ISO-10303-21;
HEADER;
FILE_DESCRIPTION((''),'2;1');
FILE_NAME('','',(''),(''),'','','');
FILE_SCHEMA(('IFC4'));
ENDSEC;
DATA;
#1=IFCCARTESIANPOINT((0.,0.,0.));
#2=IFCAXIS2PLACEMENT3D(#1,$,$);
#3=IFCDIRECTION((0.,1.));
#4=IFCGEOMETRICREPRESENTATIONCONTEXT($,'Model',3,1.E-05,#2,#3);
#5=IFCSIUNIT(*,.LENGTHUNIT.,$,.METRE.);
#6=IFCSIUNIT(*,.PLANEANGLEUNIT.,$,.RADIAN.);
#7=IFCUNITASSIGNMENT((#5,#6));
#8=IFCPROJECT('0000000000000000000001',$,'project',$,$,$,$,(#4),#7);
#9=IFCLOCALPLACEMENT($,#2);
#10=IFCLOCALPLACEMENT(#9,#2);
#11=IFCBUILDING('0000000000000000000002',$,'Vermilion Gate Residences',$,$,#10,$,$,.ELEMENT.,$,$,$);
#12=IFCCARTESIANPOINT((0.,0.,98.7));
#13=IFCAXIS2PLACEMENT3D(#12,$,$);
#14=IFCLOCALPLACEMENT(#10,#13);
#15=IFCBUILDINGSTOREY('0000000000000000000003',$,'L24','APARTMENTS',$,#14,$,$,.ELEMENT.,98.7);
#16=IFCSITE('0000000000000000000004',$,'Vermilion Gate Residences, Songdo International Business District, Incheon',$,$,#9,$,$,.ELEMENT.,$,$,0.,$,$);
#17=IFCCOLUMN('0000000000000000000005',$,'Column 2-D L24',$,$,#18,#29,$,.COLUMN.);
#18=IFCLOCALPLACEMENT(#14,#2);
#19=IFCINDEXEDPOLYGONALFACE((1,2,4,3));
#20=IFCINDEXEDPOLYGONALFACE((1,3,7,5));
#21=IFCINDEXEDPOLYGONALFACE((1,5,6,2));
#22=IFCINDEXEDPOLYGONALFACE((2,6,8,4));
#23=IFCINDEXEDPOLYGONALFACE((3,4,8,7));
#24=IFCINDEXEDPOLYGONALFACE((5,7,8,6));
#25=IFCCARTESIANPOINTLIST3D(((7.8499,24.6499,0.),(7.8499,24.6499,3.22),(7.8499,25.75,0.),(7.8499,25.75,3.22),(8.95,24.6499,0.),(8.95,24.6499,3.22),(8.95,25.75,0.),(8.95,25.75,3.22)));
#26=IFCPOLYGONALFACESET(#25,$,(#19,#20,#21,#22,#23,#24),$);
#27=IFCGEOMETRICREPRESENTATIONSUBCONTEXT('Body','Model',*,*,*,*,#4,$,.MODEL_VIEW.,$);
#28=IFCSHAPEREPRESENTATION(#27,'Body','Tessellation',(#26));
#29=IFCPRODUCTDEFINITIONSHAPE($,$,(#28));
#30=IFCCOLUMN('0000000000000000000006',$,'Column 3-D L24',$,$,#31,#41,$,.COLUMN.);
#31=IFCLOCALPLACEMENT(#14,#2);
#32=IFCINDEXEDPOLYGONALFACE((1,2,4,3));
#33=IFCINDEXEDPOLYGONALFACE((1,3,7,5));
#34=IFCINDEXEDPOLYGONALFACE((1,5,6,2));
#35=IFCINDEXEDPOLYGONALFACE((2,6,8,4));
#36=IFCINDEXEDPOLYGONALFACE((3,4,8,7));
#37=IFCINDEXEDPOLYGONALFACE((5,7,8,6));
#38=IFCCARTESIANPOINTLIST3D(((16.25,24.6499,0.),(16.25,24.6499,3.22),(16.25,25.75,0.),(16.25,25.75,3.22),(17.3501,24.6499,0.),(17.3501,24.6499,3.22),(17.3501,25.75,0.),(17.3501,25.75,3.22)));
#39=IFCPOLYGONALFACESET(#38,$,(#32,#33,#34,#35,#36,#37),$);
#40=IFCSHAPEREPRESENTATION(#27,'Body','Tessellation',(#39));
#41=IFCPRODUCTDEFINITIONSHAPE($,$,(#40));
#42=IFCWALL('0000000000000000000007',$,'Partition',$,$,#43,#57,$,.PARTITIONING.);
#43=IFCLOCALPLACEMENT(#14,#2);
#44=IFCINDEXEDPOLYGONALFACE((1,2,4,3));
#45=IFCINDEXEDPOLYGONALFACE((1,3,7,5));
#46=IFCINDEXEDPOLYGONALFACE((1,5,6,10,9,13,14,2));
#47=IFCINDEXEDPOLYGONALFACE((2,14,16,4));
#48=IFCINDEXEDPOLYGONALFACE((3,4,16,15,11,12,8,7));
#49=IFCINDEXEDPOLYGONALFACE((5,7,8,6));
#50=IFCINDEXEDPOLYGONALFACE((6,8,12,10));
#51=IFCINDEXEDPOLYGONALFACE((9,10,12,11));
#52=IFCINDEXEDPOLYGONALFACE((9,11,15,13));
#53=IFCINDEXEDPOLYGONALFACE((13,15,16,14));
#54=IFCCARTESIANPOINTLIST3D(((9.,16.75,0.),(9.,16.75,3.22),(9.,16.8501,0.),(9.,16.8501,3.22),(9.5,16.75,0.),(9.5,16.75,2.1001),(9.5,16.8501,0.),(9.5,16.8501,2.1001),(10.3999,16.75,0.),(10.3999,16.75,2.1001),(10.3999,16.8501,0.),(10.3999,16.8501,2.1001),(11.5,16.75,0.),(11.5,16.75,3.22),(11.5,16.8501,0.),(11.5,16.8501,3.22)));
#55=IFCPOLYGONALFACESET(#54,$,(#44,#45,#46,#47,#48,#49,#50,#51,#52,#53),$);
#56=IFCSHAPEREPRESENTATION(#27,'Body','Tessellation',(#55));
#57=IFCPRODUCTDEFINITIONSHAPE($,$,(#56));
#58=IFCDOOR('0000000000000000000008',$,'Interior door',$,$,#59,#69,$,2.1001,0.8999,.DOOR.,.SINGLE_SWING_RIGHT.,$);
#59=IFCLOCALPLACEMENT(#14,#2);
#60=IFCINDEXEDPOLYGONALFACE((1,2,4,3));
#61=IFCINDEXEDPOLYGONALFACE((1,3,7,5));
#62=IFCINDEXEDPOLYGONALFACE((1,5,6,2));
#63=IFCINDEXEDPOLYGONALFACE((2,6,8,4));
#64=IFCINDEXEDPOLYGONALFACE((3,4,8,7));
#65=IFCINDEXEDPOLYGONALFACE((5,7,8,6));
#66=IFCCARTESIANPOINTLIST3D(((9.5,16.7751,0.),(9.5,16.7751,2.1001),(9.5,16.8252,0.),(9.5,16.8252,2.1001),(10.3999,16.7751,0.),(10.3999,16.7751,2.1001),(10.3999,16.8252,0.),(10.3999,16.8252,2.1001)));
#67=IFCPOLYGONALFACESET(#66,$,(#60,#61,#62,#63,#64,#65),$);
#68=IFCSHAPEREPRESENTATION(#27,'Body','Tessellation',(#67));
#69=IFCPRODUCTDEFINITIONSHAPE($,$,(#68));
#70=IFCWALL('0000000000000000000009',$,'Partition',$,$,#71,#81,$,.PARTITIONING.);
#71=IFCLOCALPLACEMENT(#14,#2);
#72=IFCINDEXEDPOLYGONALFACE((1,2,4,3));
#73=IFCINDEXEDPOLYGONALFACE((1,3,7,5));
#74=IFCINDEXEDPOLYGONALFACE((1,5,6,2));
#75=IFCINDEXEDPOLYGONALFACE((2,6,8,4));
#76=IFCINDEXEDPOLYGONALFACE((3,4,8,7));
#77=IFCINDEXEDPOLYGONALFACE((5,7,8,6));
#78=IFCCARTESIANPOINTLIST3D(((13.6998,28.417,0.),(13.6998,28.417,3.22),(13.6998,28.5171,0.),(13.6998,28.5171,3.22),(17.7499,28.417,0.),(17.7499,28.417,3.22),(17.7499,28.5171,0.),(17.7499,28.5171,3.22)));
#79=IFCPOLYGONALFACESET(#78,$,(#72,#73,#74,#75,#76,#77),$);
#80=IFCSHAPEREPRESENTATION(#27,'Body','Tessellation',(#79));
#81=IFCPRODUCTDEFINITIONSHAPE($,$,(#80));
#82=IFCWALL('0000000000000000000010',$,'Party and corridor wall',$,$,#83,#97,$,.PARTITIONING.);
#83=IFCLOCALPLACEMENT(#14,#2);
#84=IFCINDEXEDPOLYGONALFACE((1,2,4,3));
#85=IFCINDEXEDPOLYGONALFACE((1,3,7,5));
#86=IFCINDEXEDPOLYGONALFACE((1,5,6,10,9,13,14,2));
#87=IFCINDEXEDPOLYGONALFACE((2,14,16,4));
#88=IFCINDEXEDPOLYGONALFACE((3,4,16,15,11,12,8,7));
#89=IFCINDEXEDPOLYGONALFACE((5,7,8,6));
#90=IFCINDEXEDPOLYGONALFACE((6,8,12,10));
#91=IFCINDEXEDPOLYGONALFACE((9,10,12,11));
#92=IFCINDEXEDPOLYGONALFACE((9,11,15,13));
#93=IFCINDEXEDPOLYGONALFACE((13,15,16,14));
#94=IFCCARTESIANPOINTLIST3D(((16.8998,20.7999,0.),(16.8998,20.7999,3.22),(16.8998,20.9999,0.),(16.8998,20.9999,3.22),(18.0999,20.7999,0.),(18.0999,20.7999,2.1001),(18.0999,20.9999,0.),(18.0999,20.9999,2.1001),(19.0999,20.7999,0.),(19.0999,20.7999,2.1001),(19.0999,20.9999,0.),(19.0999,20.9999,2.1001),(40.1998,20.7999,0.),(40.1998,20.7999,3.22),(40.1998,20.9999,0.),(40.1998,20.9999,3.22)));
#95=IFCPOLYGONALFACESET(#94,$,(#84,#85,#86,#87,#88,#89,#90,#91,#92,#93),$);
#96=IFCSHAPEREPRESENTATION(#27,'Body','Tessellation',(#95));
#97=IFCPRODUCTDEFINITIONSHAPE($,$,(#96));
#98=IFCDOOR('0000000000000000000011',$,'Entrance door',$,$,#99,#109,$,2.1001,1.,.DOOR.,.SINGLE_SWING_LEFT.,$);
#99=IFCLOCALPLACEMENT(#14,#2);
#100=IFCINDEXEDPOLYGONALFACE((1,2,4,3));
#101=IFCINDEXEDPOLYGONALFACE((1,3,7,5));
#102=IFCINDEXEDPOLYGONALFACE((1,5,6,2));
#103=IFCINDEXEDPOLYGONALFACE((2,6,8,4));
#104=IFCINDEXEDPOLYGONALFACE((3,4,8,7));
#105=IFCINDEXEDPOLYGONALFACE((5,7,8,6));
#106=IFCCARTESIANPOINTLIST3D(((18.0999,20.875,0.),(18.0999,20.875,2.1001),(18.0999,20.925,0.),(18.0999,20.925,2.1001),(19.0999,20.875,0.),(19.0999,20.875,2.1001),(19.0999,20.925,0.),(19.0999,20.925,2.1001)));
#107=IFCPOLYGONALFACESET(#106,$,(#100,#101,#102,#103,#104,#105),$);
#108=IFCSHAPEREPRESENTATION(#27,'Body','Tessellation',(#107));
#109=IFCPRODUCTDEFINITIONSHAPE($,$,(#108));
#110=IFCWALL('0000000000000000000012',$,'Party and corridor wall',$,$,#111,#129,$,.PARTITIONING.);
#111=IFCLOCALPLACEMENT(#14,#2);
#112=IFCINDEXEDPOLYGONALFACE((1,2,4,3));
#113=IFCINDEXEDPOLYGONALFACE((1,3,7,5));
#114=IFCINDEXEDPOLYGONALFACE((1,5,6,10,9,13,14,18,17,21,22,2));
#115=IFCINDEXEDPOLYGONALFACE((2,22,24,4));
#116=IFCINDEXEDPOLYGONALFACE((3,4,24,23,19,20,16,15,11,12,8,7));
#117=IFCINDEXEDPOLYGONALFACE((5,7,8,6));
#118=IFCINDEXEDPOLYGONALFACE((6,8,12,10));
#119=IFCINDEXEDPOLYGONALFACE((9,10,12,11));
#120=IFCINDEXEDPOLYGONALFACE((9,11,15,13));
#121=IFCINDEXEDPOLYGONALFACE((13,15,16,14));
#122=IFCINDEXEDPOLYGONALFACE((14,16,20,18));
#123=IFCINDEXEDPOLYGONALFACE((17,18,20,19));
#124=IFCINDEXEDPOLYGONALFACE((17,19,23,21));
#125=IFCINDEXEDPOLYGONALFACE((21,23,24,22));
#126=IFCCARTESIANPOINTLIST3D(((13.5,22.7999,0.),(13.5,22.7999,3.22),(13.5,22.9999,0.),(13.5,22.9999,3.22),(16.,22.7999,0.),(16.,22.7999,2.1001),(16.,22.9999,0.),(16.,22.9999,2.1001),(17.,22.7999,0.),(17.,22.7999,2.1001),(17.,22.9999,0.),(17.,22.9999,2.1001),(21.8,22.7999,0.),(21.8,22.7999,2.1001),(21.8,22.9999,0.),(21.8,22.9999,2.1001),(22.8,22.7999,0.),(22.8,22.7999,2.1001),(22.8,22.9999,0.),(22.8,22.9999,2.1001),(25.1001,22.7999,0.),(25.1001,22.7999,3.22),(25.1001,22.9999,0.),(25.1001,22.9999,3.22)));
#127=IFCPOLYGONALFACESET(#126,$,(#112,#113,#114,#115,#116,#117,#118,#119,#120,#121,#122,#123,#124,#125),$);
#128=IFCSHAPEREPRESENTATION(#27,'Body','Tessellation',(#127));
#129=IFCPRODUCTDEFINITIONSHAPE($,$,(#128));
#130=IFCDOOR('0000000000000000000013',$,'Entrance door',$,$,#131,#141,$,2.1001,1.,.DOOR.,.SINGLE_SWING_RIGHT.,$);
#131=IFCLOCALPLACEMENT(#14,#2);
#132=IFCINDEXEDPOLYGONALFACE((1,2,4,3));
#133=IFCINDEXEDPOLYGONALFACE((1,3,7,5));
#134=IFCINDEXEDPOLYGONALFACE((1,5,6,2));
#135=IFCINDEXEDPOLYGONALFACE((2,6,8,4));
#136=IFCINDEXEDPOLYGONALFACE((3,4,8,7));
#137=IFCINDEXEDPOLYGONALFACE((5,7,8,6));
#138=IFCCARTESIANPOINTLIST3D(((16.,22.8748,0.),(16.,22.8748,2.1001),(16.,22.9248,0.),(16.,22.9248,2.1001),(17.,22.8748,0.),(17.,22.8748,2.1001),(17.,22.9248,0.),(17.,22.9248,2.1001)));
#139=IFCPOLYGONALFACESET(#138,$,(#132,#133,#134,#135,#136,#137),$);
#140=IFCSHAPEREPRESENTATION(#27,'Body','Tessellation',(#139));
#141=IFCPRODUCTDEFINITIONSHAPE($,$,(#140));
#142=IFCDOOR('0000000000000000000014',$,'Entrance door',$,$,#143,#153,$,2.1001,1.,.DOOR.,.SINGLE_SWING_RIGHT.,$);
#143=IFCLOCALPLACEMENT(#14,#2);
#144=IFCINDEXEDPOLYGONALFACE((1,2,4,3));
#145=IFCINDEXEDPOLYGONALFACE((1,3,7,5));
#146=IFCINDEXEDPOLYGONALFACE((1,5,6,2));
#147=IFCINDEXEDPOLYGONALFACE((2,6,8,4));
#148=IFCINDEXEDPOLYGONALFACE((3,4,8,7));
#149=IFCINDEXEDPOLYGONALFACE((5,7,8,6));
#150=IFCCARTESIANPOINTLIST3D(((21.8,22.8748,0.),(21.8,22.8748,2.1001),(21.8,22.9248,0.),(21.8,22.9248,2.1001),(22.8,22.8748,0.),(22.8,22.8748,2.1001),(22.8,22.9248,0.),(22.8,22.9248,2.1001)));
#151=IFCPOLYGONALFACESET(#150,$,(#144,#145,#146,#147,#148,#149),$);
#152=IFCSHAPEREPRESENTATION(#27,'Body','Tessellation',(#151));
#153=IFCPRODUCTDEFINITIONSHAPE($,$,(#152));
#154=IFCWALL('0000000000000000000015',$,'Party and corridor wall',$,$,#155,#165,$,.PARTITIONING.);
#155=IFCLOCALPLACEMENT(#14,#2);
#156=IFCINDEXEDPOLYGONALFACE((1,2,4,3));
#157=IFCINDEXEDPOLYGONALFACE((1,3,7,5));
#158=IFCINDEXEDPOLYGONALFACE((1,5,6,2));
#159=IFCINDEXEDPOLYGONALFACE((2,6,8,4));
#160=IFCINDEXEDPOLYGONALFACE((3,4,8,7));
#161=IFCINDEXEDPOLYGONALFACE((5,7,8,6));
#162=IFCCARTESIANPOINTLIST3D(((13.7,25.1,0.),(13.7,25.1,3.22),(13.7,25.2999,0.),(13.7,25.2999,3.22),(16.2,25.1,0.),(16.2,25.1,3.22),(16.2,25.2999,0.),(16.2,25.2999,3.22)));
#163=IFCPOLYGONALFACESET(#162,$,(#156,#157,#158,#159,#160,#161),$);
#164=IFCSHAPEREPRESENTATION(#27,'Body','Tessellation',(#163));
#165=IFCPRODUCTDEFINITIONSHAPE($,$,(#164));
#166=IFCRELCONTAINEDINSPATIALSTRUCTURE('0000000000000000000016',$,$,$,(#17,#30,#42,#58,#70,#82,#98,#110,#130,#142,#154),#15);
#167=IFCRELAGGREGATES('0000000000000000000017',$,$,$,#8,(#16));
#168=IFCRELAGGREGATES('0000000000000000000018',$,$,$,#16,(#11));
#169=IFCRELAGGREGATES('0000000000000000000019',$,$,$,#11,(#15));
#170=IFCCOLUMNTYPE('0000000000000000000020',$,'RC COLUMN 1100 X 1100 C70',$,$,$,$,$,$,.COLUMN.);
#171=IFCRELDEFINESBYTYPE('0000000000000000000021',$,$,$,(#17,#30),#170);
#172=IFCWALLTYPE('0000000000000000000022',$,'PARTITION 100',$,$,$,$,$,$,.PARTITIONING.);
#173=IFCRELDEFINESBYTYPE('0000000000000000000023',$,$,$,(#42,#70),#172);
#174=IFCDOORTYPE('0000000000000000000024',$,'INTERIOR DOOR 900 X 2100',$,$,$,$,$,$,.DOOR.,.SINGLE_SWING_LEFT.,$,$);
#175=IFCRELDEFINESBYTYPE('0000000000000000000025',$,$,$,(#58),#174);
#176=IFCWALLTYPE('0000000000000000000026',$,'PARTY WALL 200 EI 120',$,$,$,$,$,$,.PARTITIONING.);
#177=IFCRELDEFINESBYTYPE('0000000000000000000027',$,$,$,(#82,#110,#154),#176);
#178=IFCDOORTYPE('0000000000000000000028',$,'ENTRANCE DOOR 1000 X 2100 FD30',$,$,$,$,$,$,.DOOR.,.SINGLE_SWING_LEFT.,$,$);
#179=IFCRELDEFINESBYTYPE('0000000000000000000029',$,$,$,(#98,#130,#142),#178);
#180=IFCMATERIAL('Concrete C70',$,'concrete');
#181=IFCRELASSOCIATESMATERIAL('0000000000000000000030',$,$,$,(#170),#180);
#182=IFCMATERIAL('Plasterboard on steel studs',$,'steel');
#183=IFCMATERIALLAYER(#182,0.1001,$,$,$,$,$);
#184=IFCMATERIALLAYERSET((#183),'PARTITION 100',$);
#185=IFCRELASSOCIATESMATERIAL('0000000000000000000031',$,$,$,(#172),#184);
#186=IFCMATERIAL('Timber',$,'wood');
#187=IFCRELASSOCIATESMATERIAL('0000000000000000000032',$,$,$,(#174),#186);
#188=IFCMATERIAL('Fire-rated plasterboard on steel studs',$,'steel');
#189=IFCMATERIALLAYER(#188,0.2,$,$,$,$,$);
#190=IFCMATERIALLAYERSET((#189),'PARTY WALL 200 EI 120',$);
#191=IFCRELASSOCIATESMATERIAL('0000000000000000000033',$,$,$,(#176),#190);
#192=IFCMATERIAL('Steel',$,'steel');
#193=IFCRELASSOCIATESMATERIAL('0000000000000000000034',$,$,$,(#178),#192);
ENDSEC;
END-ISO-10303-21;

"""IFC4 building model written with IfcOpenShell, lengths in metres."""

from ifc_helpers import new_model, si_unit, direction, frame, frame_2d, origin, origin_2d, place, context, subcontext, project, spatial, rectangle, extrude, material, layer, layer_set, material_profile, profile_set, type_object, element, fill, save


model = new_model("IFC4")

# Units and contexts
model_context = context("Model", 3, precision=1e-05, world=origin(), true_north=direction((0.0, 1.0)))
body_context = subcontext(model_context, "Body", "Model", "MODEL_VIEW")
ifc_project = project(units=[si_unit("LENGTHUNIT", "METRE"), si_unit("PLANEANGLEUNIT", "RADIAN")], contexts=[model_context])

# Site, building, storey
site_placement = place(None, origin())
site = spatial("IfcSite", under=ifc_project, at=site_placement, Name="Vermilion Gate Residences, Songdo International Business District, Incheon", CompositionType="ELEMENT", RefElevation=0.0)
building_placement = place(site_placement, origin())
building = spatial("IfcBuilding", under=site, at=building_placement, Name="Vermilion Gate Residences", CompositionType="ELEMENT")
storey_placement = place(building_placement, frame((0.0, 0.0, 98.7)))
storey = spatial("IfcBuildingStorey", under=building, at=storey_placement, Name="L24", Description="APARTMENTS", CompositionType="ELEMENT", Elevation=98.7)

# Columns
ifc_material_1 = material(Name="Concrete C70", Category="concrete")
ifc_material_profile = material_profile(ifc_material_1, rectangle(XDim=1.1001, YDim=1.1001, at=origin_2d()), Name="RC-1100x1100")
ifc_profile_set = profile_set([ifc_material_profile], Name="Concrete C70")
column_type = type_object("IfcColumnType", Name="RC COLUMN 1100 X 1100 C70", PredefinedType="COLUMN", material=ifc_profile_set)
for number, where, z_axis, x_axis, name in (
    (1, (8.3999, 25.2, 0.0), (0.0, 0.0, 1.0), (1.0, 0.0, 0.0), "Column 2-D L24"),
    (2, (16.8, 25.2, 0.0), (0.0, 0.0, 1.0), (1.0, 0.0, 0.0), "Column 3-D L24"),
):
    element("IfcColumn", number, at=place(storey_placement, frame(where, z_axis=z_axis, x_axis=x_axis)), inside=storey, type_object=column_type, Name=name, PredefinedType="COLUMN", context=body_context, shape_type="SweptSolid", body=[
        extrude(rectangle(XDim=1.1001, YDim=1.1001, at=origin_2d()), origin(), (0.0, 0.0, 1.0), 3.22),
    ])

# Wall, opening, door
ifc_material_2 = material(Name="Plasterboard on steel studs", Category="steel")
ifc_layer_1 = layer(ifc_material_2, 0.1001)
ifc_layer_set_1 = layer_set([ifc_layer_1], Name="PARTITION 100")
wall_type_1 = type_object("IfcWallType", Name="PARTITION 100", PredefinedType="PARTITIONING", material=ifc_layer_set_1)
wall_1_placement = place(storey_placement, frame((9.0, 16.8, 0.0), z_axis=(0.0, 0.0, 1.0), x_axis=(1.0, 0.0, 0.0)))
wall_1 = element("IfcWall", 3, at=wall_1_placement, inside=storey, type_object=wall_type_1, Name="Partition", PredefinedType="PARTITIONING", context=body_context, shape_type="SweptSolid", body=[
    extrude(rectangle(XDim=2.5, YDim=0.1001, at=frame_2d((1.25, 0.0))), origin(), (0.0, 0.0, 1.0), 3.22),
])
opening_1_placement = place(wall_1_placement, frame((0.5, 0.0, 0.0)))
opening_1 = element("IfcOpeningElement", 4, at=opening_1_placement, cuts=wall_1, PredefinedType="OPENING", context=body_context, shape_type="SweptSolid", body=[
    extrude(rectangle(XDim=0.8999, YDim=2.1001, at=frame_2d((0.45, 1.05))), frame((0.0, 0.0601, 0.0), z_axis=(0.0, -1.0, 0.0), x_axis=(1.0, 0.0, 0.0)), (0.0, 0.0, 1.0), 0.1201),
])
ifc_material_3 = material(Name="Timber", Category="wood")
door_type_1 = type_object("IfcDoorType", Name="INTERIOR DOOR 900 X 2100", OperationType="SINGLE_SWING_LEFT", PredefinedType="DOOR", material=ifc_material_3)
door_1_placement = place(opening_1_placement, frame((0.8999, 0.0, 0.0), z_axis=(0.0, 0.0, 1.0), x_axis=(-1.0, 0.0, 0.0)))
door_1 = element("IfcDoor", 5, at=door_1_placement, inside=storey, type_object=door_type_1, Name="Interior door", OperationType="SINGLE_SWING_RIGHT", OverallHeight=2.1001, OverallWidth=0.8999, PredefinedType="DOOR", context=body_context, shape_type="SweptSolid", body=[
    extrude(rectangle(XDim=0.8999, YDim=2.1001, at=frame_2d((0.45, 1.05))), frame((0.0, 0.0249, 0.0), z_axis=(0.0, -1.0, 0.0), x_axis=(1.0, 0.0, 0.0)), (0.0, 0.0, 1.0), 0.05),
])
fill(opening_1, door_1)

# Wall
wall_2_placement = place(storey_placement, frame((13.7, 28.467, 0.0), z_axis=(0.0, 0.0, 1.0), x_axis=(1.0, 0.0, 0.0)))
element("IfcWall", 6, at=wall_2_placement, inside=storey, type_object=wall_type_1, Name="Partition", PredefinedType="PARTITIONING", context=body_context, shape_type="SweptSolid", body=[
    extrude(rectangle(XDim=4.05, YDim=0.1001, at=frame_2d((2.0249, 0.0))), origin(), (0.0, 0.0, 1.0), 3.22),
])

# Wall, opening, door
ifc_material_4 = material(Name="Fire-rated plasterboard on steel studs", Category="steel")
ifc_layer_2 = layer(ifc_material_4, 0.2)
ifc_layer_set_2 = layer_set([ifc_layer_2], Name="PARTY WALL 200 EI 120")
wall_type_2 = type_object("IfcWallType", Name="PARTY WALL 200 EI 120", PredefinedType="PARTITIONING", material=ifc_layer_set_2)
wall_3_placement = place(storey_placement, frame((16.8999, 20.8999, 0.0), z_axis=(0.0, 0.0, 1.0), x_axis=(1.0, 0.0, 0.0)))
wall_3 = element("IfcWall", 7, at=wall_3_placement, inside=storey, type_object=wall_type_2, Name="Party and corridor wall", PredefinedType="PARTITIONING", context=body_context, shape_type="SweptSolid", body=[
    extrude(rectangle(XDim=23.3, YDim=0.2, at=frame_2d((11.6499, 0.0))), origin(), (0.0, 0.0, 1.0), 3.22),
])
opening_2_placement = place(wall_3_placement, frame((1.2, 0.0, 0.0)))
opening_2 = element("IfcOpeningElement", 8, at=opening_2_placement, cuts=wall_3, PredefinedType="OPENING", context=body_context, shape_type="SweptSolid", body=[
    extrude(rectangle(XDim=1.0, YDim=2.1001, at=frame_2d((0.5, 1.05))), frame((0.0, 0.1099, 0.0), z_axis=(0.0, -1.0, 0.0), x_axis=(1.0, 0.0, 0.0)), (0.0, 0.0, 1.0), 0.22),
])
ifc_material_5 = material(Name="Steel", Category="steel")
door_type_2 = type_object("IfcDoorType", Name="ENTRANCE DOOR 1000 X 2100 FD30", OperationType="SINGLE_SWING_LEFT", PredefinedType="DOOR", material=ifc_material_5)
door_2_placement = place(opening_2_placement, frame((1.0, 0.0, 0.0), z_axis=(0.0, 0.0, 1.0), x_axis=(-1.0, 0.0, 0.0)))
door_2 = element("IfcDoor", 9, at=door_2_placement, inside=storey, type_object=door_type_2, Name="Entrance door", OperationType="SINGLE_SWING_LEFT", OverallHeight=2.1001, OverallWidth=1.0, PredefinedType="DOOR", context=body_context, shape_type="SweptSolid", body=[
    extrude(rectangle(XDim=1.0, YDim=2.1001, at=frame_2d((0.5, 1.05))), frame((0.0, 0.0249, 0.0), z_axis=(0.0, -1.0, 0.0), x_axis=(1.0, 0.0, 0.0)), (0.0, 0.0, 1.0), 0.05),
])
fill(opening_2, door_2)

# Wall, openings, doors
wall_4_placement = place(storey_placement, frame((13.5, 22.8999, 0.0), z_axis=(0.0, 0.0, 1.0), x_axis=(1.0, 0.0, 0.0)))
wall_4 = element("IfcWall", 10, at=wall_4_placement, inside=storey, type_object=wall_type_2, Name="Party and corridor wall", PredefinedType="PARTITIONING", context=body_context, shape_type="SweptSolid", body=[
    extrude(rectangle(XDim=11.6001, YDim=0.2, at=frame_2d((5.8, 0.0))), origin(), (0.0, 0.0, 1.0), 3.22),
])
opening_3_placement = place(wall_4_placement, frame((2.5, 0.0, 0.0)))
opening_3 = element("IfcOpeningElement", 11, at=opening_3_placement, cuts=wall_4, PredefinedType="OPENING", context=body_context, shape_type="SweptSolid", body=[
    extrude(rectangle(XDim=1.0, YDim=2.1001, at=frame_2d((0.5, 1.05))), frame((0.0, 0.1099, 0.0), z_axis=(0.0, -1.0, 0.0), x_axis=(1.0, 0.0, 0.0)), (0.0, 0.0, 1.0), 0.22),
])
opening_4_placement = place(wall_4_placement, frame((8.3, 0.0, 0.0)))
opening_4 = element("IfcOpeningElement", 12, at=opening_4_placement, cuts=wall_4, PredefinedType="OPENING", context=body_context, shape_type="SweptSolid", body=[
    extrude(rectangle(XDim=1.0, YDim=2.1001, at=frame_2d((0.5, 1.05))), frame((0.0, 0.1099, 0.0), z_axis=(0.0, -1.0, 0.0), x_axis=(1.0, 0.0, 0.0)), (0.0, 0.0, 1.0), 0.22),
])
door_3_placement = place(opening_3_placement, origin())
door_3 = element("IfcDoor", 13, at=door_3_placement, inside=storey, type_object=door_type_2, Name="Entrance door", OperationType="SINGLE_SWING_RIGHT", OverallHeight=2.1001, OverallWidth=1.0, PredefinedType="DOOR", context=body_context, shape_type="SweptSolid", body=[
    extrude(rectangle(XDim=1.0, YDim=2.1001, at=frame_2d((0.5, 1.05))), frame((0.0, 0.0249, 0.0), z_axis=(0.0, -1.0, 0.0), x_axis=(1.0, 0.0, 0.0)), (0.0, 0.0, 1.0), 0.05),
])
fill(opening_3, door_3)
door_4_placement = place(opening_4_placement, origin())
door_4 = element("IfcDoor", 14, at=door_4_placement, inside=storey, type_object=door_type_2, Name="Entrance door", OperationType="SINGLE_SWING_RIGHT", OverallHeight=2.1001, OverallWidth=1.0, PredefinedType="DOOR", context=body_context, shape_type="SweptSolid", body=[
    extrude(rectangle(XDim=1.0, YDim=2.1001, at=frame_2d((0.5, 1.05))), frame((0.0, 0.0249, 0.0), z_axis=(0.0, -1.0, 0.0), x_axis=(1.0, 0.0, 0.0)), (0.0, 0.0, 1.0), 0.05),
])
fill(opening_4, door_4)

# Wall
wall_5_placement = place(storey_placement, frame((13.7, 25.2, 0.0), z_axis=(0.0, 0.0, 1.0), x_axis=(1.0, 0.0, 0.0)))
element("IfcWall", 15, at=wall_5_placement, inside=storey, type_object=wall_type_2, Name="Party and corridor wall", PredefinedType="PARTITIONING", context=body_context, shape_type="SweptSolid", body=[
    extrude(rectangle(XDim=2.5, YDim=0.2, at=frame_2d((1.25, 0.0))), origin(), (0.0, 0.0, 1.0), 3.22),
])

save(model, "model.ifc")
